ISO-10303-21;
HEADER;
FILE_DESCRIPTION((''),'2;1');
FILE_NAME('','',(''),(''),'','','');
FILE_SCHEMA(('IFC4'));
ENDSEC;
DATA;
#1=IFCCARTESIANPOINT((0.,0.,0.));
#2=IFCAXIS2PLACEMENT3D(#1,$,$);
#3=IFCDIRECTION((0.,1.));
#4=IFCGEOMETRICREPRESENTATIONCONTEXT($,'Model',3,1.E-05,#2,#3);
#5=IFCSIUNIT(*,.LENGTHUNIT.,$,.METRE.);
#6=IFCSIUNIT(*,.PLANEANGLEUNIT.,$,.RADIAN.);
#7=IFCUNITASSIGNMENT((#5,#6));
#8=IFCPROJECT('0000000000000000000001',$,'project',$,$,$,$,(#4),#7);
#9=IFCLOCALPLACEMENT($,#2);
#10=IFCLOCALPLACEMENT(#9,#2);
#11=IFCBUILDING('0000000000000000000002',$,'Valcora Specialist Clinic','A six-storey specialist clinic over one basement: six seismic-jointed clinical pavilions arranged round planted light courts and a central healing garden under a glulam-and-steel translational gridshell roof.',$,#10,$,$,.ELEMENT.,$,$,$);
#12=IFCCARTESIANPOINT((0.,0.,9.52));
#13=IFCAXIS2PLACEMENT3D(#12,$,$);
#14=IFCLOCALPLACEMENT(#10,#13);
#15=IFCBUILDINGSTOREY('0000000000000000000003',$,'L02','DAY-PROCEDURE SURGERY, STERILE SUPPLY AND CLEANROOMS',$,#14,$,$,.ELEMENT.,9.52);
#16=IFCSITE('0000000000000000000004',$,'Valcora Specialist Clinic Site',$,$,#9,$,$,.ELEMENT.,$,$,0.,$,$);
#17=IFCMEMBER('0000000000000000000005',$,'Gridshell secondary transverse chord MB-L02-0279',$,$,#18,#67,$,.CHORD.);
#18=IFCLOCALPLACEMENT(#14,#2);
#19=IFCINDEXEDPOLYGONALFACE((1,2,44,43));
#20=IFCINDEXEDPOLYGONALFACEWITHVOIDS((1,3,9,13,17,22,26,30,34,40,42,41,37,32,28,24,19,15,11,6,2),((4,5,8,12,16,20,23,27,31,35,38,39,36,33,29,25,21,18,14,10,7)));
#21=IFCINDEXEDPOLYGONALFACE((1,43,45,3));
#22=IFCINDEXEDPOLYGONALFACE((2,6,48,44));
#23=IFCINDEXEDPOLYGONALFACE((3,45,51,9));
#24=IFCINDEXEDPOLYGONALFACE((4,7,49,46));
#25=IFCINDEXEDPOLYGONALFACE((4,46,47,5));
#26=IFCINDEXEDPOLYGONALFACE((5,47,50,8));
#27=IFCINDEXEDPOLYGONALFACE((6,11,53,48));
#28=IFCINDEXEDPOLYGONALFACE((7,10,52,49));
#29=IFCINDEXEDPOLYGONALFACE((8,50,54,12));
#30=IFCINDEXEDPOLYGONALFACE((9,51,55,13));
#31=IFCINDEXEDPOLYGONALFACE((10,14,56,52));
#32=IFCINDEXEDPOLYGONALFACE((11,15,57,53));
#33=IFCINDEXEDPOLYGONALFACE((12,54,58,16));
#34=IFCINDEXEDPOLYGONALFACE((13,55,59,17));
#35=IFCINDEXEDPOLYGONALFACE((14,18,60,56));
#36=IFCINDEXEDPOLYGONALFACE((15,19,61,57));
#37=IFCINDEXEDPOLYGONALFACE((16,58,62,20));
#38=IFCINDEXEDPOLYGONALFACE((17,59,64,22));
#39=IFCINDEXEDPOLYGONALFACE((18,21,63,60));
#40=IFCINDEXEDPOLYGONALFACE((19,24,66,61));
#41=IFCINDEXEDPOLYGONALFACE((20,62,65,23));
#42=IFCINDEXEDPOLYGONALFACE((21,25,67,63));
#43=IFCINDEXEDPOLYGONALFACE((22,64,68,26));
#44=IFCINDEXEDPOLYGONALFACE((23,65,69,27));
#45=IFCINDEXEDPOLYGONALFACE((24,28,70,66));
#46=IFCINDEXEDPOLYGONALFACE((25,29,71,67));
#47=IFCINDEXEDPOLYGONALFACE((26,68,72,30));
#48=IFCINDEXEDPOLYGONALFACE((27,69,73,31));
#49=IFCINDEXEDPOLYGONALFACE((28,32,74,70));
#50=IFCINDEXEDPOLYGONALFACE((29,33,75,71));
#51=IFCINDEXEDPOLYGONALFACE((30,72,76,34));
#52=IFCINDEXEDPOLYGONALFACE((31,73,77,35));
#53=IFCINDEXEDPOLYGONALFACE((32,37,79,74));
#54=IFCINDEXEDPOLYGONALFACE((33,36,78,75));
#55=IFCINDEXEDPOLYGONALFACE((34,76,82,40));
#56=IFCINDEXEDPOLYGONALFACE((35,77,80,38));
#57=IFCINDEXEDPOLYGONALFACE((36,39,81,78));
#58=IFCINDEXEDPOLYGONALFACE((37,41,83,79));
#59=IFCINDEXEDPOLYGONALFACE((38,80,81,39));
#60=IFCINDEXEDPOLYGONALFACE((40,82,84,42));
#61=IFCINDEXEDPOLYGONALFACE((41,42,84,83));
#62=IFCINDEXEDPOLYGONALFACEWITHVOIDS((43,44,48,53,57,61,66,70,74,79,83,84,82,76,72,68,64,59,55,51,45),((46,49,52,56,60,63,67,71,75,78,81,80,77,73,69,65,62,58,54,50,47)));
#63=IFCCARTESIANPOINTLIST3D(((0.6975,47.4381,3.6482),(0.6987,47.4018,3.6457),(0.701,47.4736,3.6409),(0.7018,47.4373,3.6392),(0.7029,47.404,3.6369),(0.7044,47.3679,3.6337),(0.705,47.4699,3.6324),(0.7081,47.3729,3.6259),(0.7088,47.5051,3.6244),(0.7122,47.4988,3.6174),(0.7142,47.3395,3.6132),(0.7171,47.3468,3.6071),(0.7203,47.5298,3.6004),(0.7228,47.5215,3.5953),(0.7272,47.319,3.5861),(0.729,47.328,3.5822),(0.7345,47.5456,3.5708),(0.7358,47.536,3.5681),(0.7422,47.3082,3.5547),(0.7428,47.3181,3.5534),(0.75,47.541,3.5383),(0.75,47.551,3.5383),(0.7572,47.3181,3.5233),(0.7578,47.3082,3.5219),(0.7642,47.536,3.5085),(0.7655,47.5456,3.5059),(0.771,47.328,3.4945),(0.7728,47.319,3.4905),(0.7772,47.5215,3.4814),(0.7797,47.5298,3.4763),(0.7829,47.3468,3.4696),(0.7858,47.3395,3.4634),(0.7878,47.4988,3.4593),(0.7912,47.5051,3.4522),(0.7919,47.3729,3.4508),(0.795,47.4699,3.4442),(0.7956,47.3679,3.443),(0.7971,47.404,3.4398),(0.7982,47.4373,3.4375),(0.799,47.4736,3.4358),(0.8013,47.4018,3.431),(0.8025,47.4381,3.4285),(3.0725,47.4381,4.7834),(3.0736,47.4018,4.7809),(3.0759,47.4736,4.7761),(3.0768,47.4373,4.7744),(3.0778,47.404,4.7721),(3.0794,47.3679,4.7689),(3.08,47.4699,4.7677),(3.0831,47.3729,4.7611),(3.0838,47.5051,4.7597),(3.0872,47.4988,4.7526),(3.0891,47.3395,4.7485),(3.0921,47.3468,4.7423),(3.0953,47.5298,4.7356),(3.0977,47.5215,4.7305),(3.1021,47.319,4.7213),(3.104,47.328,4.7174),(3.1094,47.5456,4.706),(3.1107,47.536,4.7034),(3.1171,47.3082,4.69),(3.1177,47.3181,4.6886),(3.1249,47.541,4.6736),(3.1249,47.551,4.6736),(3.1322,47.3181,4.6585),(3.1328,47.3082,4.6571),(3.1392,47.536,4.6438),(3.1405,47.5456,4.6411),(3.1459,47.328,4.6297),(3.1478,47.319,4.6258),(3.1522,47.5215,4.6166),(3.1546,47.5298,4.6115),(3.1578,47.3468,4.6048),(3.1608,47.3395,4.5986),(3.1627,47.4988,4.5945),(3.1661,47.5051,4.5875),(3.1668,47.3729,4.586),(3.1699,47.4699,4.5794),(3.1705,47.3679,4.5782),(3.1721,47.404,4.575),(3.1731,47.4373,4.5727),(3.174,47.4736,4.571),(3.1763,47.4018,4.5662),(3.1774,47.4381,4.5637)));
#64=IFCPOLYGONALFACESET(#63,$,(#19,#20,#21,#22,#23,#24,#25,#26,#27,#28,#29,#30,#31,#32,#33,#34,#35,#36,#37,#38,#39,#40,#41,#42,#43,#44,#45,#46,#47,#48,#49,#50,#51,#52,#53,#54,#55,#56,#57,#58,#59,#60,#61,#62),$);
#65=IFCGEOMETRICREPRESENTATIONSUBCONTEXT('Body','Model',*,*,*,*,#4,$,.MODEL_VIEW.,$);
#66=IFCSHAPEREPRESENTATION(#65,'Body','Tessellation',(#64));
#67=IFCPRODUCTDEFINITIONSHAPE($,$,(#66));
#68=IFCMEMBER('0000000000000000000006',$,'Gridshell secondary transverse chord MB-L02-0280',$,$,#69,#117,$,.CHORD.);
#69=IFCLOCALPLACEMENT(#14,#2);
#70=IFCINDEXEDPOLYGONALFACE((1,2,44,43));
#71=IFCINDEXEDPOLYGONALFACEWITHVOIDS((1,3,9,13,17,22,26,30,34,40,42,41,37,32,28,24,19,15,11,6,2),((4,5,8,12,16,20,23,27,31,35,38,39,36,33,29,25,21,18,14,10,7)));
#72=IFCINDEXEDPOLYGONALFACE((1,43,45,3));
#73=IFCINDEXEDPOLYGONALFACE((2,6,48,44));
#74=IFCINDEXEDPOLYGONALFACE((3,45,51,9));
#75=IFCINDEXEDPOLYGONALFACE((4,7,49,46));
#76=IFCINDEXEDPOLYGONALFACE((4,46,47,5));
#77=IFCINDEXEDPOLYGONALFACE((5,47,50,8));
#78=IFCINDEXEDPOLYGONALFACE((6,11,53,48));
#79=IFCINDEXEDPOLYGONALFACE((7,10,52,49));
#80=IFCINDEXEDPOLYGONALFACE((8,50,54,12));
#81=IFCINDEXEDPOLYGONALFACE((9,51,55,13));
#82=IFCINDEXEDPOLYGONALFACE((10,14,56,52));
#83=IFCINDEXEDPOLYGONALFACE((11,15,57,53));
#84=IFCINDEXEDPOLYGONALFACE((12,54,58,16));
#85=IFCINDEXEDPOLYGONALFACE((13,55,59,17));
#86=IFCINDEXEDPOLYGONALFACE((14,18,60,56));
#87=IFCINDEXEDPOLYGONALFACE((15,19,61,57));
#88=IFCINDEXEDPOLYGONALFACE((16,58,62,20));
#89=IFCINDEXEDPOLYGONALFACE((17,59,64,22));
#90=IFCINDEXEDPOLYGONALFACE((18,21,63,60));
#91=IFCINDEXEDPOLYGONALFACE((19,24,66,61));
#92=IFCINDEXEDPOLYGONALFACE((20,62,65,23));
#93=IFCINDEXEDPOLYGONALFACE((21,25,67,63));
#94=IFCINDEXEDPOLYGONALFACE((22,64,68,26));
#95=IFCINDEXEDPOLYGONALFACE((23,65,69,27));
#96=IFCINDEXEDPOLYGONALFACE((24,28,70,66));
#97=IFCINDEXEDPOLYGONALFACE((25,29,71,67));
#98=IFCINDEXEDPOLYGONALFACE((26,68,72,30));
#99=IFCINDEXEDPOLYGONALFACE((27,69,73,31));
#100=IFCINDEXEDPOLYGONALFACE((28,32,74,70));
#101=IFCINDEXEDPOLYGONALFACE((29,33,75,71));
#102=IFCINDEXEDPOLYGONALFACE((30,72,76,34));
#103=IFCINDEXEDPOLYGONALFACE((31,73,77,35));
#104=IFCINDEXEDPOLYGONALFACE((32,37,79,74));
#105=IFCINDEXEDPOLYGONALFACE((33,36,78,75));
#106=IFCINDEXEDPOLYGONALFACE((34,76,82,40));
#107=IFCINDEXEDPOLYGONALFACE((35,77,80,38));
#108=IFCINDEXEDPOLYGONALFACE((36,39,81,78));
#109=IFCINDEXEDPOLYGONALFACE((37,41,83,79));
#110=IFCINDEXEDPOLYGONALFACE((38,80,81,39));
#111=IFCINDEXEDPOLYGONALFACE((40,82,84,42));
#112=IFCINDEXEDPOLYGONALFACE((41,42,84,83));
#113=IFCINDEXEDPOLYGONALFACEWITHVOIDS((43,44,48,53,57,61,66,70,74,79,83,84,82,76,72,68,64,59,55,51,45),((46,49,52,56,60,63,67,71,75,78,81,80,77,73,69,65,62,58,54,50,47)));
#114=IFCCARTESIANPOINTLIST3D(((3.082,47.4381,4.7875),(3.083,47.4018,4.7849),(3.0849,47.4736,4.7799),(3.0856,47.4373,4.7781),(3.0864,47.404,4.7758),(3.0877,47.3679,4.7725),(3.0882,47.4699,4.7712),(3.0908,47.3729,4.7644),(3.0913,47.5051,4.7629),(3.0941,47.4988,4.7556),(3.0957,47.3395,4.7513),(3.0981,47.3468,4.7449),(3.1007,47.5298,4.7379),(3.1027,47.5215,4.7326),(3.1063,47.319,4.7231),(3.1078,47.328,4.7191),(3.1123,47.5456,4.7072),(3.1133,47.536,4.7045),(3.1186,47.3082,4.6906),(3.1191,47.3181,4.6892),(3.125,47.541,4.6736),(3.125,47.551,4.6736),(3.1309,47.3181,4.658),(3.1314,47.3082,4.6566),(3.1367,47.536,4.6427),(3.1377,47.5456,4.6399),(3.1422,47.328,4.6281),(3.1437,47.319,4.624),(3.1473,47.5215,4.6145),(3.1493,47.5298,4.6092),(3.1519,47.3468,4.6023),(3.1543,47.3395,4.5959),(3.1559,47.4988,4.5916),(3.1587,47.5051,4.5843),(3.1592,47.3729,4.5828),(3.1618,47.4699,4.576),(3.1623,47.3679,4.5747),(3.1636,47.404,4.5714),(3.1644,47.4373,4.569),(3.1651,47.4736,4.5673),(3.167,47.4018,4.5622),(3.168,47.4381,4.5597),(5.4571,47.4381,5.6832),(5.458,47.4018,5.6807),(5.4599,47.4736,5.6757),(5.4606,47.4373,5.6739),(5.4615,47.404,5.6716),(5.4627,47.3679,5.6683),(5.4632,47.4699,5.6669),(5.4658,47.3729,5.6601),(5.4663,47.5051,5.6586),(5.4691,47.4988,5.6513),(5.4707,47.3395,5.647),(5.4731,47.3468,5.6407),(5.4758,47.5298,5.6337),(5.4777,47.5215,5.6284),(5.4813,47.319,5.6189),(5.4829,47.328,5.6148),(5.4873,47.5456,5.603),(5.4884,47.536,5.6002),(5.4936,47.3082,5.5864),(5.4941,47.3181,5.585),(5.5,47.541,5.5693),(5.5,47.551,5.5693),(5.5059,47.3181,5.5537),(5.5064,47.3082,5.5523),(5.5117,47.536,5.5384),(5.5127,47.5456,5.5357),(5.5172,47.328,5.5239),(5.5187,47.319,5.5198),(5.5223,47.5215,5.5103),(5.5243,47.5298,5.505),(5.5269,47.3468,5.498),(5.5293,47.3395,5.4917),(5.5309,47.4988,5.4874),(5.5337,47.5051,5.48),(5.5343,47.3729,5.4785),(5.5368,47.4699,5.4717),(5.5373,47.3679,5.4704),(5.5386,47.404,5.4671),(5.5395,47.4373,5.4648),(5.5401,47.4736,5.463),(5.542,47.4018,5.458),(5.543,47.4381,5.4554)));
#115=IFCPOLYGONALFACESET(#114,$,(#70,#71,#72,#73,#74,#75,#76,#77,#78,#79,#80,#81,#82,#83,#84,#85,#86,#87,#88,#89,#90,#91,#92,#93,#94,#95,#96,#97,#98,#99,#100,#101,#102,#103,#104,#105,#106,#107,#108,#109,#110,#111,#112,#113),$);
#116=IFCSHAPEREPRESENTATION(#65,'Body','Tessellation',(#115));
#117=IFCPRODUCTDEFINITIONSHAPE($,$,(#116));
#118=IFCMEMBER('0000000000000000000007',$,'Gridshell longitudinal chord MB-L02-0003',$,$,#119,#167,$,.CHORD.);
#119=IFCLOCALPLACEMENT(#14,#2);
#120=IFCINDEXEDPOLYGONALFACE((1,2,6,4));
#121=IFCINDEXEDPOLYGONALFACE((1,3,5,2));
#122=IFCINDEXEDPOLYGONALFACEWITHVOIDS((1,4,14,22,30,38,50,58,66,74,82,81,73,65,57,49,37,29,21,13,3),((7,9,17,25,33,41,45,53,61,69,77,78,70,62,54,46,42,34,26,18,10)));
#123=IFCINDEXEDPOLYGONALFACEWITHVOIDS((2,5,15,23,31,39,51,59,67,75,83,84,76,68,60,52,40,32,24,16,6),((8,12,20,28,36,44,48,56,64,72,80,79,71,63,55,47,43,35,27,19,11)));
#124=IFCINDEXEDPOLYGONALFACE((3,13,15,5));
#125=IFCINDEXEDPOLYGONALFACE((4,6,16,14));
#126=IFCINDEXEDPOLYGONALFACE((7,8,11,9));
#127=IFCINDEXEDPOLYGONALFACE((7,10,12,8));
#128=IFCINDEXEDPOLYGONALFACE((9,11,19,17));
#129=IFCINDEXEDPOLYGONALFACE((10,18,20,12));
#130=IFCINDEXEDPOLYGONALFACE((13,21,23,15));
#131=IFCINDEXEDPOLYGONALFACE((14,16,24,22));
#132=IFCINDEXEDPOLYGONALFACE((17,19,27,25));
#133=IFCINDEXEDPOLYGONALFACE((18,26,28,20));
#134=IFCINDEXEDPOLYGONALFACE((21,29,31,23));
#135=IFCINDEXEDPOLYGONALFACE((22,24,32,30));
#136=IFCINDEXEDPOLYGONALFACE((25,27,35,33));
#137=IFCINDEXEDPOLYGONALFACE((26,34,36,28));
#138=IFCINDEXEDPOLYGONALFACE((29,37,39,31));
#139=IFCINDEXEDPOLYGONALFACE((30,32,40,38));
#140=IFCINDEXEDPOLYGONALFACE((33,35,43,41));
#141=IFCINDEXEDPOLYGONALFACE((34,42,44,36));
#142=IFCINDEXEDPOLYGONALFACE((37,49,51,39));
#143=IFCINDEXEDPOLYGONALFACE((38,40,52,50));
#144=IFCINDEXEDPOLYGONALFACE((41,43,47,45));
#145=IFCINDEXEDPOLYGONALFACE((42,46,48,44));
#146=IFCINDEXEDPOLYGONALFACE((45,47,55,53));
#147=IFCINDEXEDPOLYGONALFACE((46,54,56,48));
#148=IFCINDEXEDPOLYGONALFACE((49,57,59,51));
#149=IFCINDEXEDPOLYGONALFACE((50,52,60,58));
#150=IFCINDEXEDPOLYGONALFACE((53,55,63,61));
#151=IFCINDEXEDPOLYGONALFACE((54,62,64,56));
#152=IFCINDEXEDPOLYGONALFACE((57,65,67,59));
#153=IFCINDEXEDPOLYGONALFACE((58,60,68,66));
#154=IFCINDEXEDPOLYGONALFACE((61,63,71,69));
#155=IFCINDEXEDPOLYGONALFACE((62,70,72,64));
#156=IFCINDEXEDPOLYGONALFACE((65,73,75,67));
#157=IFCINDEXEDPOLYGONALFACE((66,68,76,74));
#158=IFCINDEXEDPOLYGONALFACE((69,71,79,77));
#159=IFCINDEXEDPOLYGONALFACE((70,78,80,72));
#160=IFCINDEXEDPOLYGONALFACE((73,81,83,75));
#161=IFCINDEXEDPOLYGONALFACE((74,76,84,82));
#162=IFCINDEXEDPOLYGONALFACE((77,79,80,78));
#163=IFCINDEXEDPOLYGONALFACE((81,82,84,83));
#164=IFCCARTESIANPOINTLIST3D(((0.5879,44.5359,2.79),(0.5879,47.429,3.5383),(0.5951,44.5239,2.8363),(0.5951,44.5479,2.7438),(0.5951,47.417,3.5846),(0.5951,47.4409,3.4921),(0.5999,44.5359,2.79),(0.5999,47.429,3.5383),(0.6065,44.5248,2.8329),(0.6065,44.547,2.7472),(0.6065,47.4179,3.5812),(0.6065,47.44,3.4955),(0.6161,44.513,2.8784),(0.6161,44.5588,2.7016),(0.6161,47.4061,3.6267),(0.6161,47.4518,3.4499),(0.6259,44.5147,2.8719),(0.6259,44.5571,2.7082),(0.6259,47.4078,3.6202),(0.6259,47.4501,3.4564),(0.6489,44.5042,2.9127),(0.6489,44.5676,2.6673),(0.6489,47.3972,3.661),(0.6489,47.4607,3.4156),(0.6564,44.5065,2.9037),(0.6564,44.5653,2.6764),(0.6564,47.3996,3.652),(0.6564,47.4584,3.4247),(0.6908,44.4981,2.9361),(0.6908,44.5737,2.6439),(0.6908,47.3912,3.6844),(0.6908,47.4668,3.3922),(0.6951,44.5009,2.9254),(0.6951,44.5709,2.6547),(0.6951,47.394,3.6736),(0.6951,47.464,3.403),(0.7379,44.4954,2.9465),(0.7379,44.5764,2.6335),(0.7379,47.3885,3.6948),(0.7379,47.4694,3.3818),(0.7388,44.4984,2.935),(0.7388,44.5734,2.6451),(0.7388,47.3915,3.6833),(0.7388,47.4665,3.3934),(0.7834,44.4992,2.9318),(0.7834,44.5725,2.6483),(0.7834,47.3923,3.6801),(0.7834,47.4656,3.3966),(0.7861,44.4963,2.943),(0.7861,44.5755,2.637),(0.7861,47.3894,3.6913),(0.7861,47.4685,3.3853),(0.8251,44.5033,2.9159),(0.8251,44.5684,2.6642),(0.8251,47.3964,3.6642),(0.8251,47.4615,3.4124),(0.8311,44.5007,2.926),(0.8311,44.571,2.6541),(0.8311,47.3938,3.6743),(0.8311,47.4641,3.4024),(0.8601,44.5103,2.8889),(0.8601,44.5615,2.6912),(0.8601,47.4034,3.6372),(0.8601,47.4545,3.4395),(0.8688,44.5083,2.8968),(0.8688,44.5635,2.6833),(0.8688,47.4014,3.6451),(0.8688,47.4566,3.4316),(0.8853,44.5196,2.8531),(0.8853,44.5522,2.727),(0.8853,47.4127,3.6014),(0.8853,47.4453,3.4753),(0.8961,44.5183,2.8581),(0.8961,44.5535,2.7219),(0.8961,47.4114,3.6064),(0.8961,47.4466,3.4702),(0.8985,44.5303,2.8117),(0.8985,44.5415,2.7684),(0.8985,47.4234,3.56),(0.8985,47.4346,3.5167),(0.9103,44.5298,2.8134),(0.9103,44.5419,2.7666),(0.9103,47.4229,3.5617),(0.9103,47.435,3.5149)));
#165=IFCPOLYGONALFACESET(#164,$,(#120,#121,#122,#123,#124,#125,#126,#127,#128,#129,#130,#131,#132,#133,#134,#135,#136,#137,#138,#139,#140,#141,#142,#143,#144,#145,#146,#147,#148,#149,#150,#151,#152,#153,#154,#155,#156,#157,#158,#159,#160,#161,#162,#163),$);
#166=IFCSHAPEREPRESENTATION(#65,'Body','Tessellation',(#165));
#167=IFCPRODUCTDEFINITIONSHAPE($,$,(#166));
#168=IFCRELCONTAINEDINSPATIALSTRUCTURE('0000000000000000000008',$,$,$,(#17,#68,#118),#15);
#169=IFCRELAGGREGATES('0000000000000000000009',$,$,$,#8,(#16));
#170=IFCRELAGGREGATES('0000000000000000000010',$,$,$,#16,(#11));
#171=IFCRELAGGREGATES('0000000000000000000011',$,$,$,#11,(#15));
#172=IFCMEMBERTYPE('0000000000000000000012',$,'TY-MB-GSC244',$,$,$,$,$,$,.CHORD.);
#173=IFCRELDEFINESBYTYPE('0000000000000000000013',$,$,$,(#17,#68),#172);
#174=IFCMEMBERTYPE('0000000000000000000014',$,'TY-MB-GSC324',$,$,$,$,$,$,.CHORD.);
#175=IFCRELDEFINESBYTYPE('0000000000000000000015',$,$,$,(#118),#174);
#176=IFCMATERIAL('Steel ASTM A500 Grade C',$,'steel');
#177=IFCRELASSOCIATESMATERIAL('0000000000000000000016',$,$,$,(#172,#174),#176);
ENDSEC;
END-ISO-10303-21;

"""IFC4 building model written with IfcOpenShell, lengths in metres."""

from ifc_helpers import new_model, si_unit, direction, frame, origin, origin_2d, place, context, subcontext, project, spatial, hollow_circle, extrude, material, material_profile, profile_set, type_object, element, save


model = new_model("IFC4")

# Units and contexts
model_context = context("Model", 3, precision=1e-05, world=origin(), true_north=direction((0.0, 1.0)))
body_context = subcontext(model_context, "Body", "Model", "MODEL_VIEW")
ifc_project = project(units=[si_unit("LENGTHUNIT", "METRE"), si_unit("PLANEANGLEUNIT", "RADIAN")], contexts=[model_context])

# Site, building, storey
site_placement = place(None, origin())
site = spatial("IfcSite", under=ifc_project, at=site_placement, Name="Valcora Specialist Clinic Site", CompositionType="ELEMENT", RefElevation=0.0)
building_placement = place(site_placement, origin())
building = spatial("IfcBuilding", under=site, at=building_placement, Name="Valcora Specialist Clinic", Description="A six-storey specialist clinic over one basement: six seismic-jointed clinical pavilions arranged round planted light courts and a central healing garden under a glulam-and-steel translational gridshell roof.", CompositionType="ELEMENT")
storey_placement = place(building_placement, frame((0.0, 0.0, 9.52)))
storey = spatial("IfcBuildingStorey", under=building, at=storey_placement, Name="L02", Description="DAY-PROCEDURE SURGERY, STERILE SUPPLY AND CLEANROOMS", CompositionType="ELEMENT", Elevation=9.52)

# Members
ifc_material_1 = material(Name="Steel ASTM A500 Grade C", Category="steel")
ifc_material_profile_1 = material_profile(ifc_material_1, hollow_circle(Radius=0.1221, WallThickness=0.01, at=origin_2d()), Name="ST-CHS-244X10")
ifc_profile_set_1 = profile_set([ifc_material_profile_1], Name="Steel ASTM A500 Grade C")
member_type_1 = type_object("IfcMemberType", Name="TY-MB-GSC244", PredefinedType="CHORD", material=ifc_profile_set_1)
member_1_placement = place(storey_placement, frame((0.75, 47.429, 3.5383), z_axis=(0.902225, 0.0, 0.431265), x_axis=(0.0, 1.0, 0.0)))
element("IfcMember", 1, at=member_1_placement, inside=storey, type_object=member_type_1, Name="Gridshell secondary transverse chord MB-L02-0279", PredefinedType="CHORD", context=body_context, shape_type="SweptSolid", body=[
    extrude(hollow_circle(Radius=0.1221, WallThickness=0.01, at=origin_2d()), origin(), (0.0, 0.0, 1.0), 2.6323),
])
member_2_placement = place(storey_placement, frame((3.125, 47.429, 4.6736), z_axis=(0.935663, 0.0, 0.352894), x_axis=(0.0, 1.0, 0.0)))
element("IfcMember", 2, at=member_2_placement, inside=storey, type_object=member_type_1, Name="Gridshell secondary transverse chord MB-L02-0280", PredefinedType="CHORD", context=body_context, shape_type="SweptSolid", body=[
    extrude(hollow_circle(Radius=0.1221, WallThickness=0.01, at=origin_2d()), origin(), (0.0, 0.0, 1.0), 2.5383),
])
ifc_material_profile_2 = material_profile(ifc_material_1, hollow_circle(Radius=0.1621, WallThickness=0.012, at=origin_2d()), Name="ST-CHS-324X12")
ifc_profile_set_2 = profile_set([ifc_material_profile_2], Name="Steel ASTM A500 Grade C")
member_type_2 = type_object("IfcMemberType", Name="TY-MB-GSC324", PredefinedType="CHORD", material=ifc_profile_set_2)
member_3_placement = place(storey_placement, frame((0.75, 44.5359, 2.79), z_axis=(0.0, 0.96814, 0.250409), x_axis=(-1.0, 0.0, 0.0)))
element("IfcMember", 3, at=member_3_placement, inside=storey, type_object=member_type_2, Name="Gridshell longitudinal chord MB-L02-0003", PredefinedType="CHORD", context=body_context, shape_type="SweptSolid", body=[
    extrude(hollow_circle(Radius=0.1621, WallThickness=0.012, at=origin_2d()), origin(), (0.0, 0.0, 1.0), 2.9883),
])

save(model, "model.ifc")
